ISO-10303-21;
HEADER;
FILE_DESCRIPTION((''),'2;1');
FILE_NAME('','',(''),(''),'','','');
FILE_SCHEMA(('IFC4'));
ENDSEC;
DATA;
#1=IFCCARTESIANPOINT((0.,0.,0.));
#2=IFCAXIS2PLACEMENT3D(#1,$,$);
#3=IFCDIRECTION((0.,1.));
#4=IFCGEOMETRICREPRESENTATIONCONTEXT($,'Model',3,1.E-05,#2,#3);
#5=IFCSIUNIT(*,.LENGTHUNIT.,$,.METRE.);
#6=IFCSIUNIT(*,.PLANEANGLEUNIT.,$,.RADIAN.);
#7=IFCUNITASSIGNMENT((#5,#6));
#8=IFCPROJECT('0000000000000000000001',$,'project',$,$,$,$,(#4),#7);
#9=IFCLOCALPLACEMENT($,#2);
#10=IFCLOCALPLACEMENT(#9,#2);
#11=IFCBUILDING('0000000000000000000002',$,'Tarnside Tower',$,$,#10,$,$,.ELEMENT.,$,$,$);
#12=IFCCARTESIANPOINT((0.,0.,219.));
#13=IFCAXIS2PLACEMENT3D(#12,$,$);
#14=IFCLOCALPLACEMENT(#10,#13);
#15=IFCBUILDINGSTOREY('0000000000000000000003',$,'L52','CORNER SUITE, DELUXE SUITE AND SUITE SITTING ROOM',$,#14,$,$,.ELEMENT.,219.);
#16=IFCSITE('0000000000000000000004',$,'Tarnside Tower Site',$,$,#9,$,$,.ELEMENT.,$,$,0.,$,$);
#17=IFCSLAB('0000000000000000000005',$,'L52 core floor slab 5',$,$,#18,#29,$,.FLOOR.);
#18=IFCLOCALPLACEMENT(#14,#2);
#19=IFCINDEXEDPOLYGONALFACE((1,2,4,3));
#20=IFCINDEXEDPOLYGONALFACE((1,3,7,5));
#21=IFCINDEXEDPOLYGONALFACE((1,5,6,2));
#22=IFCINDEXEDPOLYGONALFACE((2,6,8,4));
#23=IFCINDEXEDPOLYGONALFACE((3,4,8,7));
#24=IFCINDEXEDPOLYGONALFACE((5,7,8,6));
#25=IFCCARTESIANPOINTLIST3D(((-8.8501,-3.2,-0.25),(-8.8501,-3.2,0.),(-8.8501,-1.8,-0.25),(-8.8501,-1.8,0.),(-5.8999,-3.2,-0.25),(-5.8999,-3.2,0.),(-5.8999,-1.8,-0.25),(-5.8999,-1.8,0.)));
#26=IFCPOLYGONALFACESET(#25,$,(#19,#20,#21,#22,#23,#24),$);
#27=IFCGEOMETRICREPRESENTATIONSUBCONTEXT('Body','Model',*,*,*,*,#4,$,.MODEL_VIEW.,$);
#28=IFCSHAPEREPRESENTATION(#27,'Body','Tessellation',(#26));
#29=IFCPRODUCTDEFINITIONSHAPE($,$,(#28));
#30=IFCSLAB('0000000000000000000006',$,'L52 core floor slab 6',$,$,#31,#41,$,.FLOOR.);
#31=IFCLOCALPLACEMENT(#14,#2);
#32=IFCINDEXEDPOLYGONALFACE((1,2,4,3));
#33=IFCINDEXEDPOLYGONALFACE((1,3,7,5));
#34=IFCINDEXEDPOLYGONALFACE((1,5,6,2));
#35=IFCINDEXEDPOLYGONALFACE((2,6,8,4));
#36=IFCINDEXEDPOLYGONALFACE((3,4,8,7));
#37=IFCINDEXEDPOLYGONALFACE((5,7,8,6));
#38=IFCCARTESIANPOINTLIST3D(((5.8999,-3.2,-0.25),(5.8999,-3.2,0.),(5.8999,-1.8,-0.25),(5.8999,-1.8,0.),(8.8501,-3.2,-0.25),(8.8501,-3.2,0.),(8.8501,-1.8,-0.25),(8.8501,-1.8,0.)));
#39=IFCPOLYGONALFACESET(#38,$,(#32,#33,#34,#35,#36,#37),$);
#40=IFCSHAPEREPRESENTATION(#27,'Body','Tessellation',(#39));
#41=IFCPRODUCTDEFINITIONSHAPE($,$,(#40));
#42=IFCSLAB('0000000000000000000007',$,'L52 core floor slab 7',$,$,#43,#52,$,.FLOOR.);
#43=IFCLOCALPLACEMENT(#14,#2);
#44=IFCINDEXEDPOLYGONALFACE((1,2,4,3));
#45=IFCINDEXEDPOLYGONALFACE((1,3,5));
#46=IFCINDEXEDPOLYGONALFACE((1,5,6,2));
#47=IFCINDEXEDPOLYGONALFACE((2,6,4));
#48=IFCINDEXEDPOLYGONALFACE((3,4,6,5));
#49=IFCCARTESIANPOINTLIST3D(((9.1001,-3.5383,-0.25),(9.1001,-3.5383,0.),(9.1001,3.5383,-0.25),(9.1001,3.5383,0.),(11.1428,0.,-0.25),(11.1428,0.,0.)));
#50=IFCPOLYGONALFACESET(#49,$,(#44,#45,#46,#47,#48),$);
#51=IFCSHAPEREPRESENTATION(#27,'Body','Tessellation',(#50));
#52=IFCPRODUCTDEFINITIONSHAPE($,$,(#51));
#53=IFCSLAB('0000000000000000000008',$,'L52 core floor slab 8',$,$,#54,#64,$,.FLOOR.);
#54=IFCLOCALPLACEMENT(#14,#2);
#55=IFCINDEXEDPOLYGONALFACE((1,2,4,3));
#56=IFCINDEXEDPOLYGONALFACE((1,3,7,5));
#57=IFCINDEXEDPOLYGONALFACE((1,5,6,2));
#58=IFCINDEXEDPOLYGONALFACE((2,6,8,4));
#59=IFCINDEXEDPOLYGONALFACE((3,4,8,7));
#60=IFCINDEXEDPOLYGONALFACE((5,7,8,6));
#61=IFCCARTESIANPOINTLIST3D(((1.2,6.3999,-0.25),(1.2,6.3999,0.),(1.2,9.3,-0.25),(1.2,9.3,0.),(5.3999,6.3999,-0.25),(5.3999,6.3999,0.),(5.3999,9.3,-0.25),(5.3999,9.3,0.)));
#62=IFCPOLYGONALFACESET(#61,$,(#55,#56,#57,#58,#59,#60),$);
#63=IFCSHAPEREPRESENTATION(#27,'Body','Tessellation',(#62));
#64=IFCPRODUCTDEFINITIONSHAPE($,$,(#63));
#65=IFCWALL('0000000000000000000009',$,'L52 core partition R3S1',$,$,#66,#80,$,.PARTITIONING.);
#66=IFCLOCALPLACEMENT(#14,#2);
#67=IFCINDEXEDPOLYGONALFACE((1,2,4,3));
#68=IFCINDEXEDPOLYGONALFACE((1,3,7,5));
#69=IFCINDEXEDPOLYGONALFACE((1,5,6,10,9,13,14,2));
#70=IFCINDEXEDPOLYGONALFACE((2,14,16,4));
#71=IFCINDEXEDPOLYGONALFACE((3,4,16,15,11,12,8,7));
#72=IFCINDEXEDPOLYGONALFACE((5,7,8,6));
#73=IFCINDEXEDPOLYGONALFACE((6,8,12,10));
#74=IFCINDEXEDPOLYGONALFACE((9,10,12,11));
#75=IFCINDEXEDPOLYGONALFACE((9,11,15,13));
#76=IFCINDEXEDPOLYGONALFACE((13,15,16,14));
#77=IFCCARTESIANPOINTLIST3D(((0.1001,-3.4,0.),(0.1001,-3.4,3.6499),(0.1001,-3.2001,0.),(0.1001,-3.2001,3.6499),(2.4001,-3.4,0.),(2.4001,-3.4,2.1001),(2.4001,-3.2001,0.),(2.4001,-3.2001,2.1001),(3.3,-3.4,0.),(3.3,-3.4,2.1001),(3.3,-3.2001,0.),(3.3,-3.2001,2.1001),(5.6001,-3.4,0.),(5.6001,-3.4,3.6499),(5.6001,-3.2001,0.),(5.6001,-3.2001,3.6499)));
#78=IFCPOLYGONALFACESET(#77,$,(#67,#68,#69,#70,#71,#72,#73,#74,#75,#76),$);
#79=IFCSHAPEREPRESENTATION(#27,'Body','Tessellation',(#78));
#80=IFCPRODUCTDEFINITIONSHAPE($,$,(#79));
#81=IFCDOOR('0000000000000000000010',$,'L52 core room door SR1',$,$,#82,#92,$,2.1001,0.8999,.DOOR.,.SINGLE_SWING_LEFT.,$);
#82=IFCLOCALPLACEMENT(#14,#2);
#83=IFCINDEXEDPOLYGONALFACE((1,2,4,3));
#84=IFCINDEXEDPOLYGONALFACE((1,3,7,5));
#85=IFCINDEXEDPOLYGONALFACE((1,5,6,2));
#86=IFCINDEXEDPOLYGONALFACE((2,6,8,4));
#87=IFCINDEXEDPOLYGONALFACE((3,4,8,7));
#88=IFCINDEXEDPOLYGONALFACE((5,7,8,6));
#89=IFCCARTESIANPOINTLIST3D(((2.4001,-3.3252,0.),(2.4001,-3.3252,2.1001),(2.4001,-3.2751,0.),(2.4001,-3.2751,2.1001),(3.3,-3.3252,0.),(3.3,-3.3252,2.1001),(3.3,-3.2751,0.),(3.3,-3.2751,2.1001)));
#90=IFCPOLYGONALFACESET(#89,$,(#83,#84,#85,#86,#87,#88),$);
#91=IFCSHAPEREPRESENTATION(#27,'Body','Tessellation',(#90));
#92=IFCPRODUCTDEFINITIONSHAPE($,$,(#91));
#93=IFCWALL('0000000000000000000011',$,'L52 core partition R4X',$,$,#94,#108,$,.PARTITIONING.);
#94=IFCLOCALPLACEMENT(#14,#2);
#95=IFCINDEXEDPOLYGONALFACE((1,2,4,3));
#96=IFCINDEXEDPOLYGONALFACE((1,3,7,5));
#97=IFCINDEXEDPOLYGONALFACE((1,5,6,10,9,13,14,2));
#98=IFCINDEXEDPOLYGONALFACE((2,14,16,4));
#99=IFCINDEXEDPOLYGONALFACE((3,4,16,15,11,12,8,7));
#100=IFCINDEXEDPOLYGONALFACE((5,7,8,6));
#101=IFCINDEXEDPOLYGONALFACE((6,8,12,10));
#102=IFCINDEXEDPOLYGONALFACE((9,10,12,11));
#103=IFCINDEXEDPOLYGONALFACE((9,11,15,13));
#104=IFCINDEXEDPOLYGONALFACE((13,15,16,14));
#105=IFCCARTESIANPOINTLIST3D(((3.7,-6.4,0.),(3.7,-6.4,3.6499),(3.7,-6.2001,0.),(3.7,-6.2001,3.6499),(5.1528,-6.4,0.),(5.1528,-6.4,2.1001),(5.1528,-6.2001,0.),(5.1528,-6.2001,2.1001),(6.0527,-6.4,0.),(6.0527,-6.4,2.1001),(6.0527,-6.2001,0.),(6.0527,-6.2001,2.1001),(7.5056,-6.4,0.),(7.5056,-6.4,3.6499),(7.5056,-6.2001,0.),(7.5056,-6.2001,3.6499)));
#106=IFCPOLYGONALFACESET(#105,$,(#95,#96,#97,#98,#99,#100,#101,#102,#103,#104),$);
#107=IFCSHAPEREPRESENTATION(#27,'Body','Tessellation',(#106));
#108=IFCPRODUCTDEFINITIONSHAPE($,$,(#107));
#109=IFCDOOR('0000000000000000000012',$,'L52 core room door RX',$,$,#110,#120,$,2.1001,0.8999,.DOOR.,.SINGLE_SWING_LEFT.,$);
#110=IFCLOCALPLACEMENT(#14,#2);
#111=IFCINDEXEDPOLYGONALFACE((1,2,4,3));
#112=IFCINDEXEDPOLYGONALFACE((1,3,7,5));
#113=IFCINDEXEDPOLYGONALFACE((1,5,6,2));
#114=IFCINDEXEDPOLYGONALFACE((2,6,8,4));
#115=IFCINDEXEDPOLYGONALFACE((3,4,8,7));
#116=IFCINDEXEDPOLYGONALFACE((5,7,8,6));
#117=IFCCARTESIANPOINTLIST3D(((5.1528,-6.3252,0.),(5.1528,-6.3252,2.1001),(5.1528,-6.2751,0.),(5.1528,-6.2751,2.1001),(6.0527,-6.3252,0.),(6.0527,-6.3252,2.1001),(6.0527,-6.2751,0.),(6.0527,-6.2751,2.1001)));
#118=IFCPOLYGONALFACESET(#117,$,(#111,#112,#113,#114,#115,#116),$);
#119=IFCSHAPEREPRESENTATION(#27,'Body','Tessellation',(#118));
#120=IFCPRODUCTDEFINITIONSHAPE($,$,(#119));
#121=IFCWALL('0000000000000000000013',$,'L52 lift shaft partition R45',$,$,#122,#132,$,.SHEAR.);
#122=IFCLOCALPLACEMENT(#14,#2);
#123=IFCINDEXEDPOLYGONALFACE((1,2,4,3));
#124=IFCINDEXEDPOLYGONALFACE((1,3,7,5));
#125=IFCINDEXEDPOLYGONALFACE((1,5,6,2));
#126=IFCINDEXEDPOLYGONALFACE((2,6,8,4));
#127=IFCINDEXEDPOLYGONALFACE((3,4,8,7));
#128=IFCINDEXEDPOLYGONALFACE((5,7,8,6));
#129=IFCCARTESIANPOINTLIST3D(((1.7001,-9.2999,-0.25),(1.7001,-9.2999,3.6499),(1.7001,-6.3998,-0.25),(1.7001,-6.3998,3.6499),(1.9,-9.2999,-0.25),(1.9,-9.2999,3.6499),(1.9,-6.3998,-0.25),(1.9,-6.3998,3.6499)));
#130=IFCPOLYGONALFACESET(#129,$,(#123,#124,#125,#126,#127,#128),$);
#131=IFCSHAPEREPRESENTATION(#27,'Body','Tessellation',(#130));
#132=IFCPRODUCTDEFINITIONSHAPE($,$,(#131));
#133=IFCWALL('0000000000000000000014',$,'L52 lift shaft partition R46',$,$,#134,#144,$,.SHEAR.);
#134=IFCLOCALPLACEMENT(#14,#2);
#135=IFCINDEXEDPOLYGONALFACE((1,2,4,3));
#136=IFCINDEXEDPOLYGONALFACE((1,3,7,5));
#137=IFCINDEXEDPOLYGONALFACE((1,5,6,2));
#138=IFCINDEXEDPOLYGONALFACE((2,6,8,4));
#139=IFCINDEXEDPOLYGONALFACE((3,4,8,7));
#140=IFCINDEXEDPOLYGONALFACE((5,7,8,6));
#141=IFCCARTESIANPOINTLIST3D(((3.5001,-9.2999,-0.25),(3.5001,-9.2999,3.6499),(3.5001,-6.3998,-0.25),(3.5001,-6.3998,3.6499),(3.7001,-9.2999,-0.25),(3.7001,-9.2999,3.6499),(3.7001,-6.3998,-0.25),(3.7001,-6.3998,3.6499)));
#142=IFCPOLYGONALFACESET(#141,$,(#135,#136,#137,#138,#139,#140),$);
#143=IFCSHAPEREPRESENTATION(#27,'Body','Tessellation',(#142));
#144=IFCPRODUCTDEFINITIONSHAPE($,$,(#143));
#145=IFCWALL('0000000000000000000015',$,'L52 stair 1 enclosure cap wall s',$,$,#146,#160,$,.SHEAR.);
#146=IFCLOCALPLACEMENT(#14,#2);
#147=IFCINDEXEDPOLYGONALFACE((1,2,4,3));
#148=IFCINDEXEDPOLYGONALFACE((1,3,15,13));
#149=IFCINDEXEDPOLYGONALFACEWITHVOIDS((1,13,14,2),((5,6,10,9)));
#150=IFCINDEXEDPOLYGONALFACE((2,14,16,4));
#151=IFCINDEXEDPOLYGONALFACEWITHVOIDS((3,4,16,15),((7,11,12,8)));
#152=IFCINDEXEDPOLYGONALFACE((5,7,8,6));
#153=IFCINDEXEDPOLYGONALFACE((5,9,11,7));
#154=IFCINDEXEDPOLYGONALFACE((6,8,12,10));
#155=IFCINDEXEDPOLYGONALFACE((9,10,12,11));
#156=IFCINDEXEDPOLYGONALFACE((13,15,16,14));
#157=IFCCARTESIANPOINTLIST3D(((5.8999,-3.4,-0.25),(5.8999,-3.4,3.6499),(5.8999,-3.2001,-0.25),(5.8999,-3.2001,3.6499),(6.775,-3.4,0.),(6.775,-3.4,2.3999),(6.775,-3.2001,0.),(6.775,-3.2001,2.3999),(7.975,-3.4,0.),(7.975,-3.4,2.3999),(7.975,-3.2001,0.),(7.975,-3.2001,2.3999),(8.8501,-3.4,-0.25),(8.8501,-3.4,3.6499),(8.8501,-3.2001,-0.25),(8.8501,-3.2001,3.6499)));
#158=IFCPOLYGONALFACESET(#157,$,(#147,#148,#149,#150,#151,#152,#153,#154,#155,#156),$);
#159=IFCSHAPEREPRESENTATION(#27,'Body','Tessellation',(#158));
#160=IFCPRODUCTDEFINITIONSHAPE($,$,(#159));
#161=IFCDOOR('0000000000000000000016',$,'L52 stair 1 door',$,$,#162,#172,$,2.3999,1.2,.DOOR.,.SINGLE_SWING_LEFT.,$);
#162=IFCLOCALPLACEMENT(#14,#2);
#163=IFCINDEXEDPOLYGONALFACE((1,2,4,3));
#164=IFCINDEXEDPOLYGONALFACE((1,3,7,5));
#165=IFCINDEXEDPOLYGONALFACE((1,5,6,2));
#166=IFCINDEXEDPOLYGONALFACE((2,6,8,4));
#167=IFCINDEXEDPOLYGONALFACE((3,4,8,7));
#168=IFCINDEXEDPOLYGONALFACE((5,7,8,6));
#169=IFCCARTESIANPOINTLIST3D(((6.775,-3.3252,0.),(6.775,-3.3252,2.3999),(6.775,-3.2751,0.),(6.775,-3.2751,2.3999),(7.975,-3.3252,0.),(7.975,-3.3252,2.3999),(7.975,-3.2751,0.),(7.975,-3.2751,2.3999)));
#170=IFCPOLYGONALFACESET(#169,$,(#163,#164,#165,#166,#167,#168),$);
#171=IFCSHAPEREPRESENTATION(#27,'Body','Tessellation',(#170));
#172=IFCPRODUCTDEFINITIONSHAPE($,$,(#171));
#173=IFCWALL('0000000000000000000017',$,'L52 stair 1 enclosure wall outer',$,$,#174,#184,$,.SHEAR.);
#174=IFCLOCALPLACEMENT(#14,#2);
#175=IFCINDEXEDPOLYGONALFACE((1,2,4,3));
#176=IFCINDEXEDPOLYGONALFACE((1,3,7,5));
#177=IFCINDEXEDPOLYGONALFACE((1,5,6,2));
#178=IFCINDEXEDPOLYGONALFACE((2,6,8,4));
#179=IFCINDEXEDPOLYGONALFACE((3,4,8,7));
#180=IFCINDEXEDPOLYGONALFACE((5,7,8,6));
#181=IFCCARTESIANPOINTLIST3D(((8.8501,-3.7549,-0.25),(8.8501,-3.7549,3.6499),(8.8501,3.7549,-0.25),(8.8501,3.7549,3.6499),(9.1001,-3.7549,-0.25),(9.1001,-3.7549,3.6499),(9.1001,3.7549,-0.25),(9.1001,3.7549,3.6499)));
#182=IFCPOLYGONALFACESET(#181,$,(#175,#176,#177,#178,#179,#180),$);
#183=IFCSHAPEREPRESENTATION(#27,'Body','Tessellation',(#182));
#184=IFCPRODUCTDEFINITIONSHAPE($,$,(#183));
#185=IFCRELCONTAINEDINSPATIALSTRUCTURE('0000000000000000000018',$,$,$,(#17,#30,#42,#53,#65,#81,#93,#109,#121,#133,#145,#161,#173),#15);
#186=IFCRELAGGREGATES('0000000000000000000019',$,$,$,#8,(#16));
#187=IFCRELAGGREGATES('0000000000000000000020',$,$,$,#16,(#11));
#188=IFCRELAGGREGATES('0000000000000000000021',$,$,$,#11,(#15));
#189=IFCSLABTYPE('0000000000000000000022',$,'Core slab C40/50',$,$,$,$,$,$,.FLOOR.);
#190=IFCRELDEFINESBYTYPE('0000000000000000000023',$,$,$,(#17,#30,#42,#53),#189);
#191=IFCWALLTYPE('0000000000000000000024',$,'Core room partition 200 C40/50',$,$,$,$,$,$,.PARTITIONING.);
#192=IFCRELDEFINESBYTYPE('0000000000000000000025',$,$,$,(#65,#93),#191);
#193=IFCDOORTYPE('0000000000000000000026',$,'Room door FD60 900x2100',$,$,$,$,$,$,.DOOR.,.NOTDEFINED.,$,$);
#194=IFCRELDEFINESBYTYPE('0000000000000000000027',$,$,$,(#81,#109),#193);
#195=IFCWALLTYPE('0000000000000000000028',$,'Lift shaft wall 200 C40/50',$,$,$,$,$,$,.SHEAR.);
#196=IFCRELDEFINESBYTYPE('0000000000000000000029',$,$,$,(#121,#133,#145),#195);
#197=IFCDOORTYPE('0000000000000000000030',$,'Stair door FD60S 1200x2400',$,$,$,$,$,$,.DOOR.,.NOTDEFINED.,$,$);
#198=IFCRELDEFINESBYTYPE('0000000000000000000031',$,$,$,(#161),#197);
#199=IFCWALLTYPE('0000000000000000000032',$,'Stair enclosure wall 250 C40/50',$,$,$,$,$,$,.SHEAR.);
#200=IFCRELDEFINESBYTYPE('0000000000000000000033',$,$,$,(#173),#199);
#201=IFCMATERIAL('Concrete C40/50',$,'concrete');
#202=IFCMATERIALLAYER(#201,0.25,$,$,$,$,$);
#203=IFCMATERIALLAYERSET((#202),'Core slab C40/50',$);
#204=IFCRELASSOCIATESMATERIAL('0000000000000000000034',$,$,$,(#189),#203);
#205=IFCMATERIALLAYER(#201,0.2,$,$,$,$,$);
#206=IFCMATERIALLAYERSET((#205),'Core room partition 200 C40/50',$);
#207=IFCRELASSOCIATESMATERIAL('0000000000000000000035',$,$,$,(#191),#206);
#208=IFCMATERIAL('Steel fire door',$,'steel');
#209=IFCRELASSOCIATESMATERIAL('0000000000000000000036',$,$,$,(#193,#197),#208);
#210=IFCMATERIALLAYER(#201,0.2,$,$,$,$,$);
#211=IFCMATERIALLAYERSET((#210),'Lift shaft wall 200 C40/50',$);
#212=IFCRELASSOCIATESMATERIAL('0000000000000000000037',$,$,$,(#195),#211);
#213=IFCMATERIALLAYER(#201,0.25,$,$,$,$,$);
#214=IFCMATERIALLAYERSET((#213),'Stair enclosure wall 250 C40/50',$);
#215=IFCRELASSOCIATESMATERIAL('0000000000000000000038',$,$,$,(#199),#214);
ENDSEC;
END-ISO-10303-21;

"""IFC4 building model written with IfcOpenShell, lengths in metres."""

from ifc_helpers import new_model, si_unit, direction, frame, frame_2d, origin, place, context, subcontext, project, spatial, polyline, rectangle, outline, extrude, material, layer, layer_set, type_object, element, fill, save


model = new_model("IFC4")

# Units and contexts
model_context = context("Model", 3, precision=1e-05, world=origin(), true_north=direction((0.0, 1.0)))
body_context = subcontext(model_context, "Body", "Model", "MODEL_VIEW")
ifc_project = project(units=[si_unit("LENGTHUNIT", "METRE"), si_unit("PLANEANGLEUNIT", "RADIAN")], contexts=[model_context])

# Site, building, storey
site_placement = place(None, origin())
site = spatial("IfcSite", under=ifc_project, at=site_placement, Name="Tarnside Tower Site", CompositionType="ELEMENT", RefElevation=0.0)
building_placement = place(site_placement, origin())
building = spatial("IfcBuilding", under=site, at=building_placement, Name="Tarnside Tower", CompositionType="ELEMENT")
storey_placement = place(building_placement, frame((0.0, 0.0, 219.0)))
storey = spatial("IfcBuildingStorey", under=building, at=storey_placement, Name="L52", Description="CORNER SUITE, DELUXE SUITE AND SUITE SITTING ROOM", CompositionType="ELEMENT", Elevation=219.0)

# Slabs
ifc_material_1 = material(Name="Concrete C40/50", Category="concrete")
ifc_layer_1 = layer(ifc_material_1, 0.25)
ifc_layer_set_1 = layer_set([ifc_layer_1], Name="Core slab C40/50")
slab_type = type_object("IfcSlabType", Name="Core slab C40/50", PredefinedType="FLOOR", material=ifc_layer_set_1)
slab_1_placement = place(storey_placement, frame((0.0, 0.0, -0.25)))
element("IfcSlab", 1, at=slab_1_placement, inside=storey, type_object=slab_type, Name="L52 core floor slab 5", PredefinedType="FLOOR", context=body_context, shape_type="SweptSolid", body=[
    extrude(outline(polyline([(-8.8501, -1.8), (-5.8999, -1.8), (-5.8999, -3.2), (-8.8501, -3.2), (-8.8501, -1.8)])), origin(), (0.0, 0.0, 1.0), 0.25),
])
slab_2_placement = place(storey_placement, frame((0.0, 0.0, -0.25)))
element("IfcSlab", 2, at=slab_2_placement, inside=storey, type_object=slab_type, Name="L52 core floor slab 6", PredefinedType="FLOOR", context=body_context, shape_type="SweptSolid", body=[
    extrude(outline(polyline([(5.8999, -3.2), (5.8999, -1.8), (8.8501, -1.8), (8.8501, -3.2), (5.8999, -3.2)])), origin(), (0.0, 0.0, 1.0), 0.25),
])
slab_3_placement = place(storey_placement, frame((0.0, 0.0, -0.25)))
element("IfcSlab", 3, at=slab_3_placement, inside=storey, type_object=slab_type, Name="L52 core floor slab 7", PredefinedType="FLOOR", context=body_context, shape_type="SweptSolid", body=[
    extrude(outline(polyline([(9.1001, -3.5383), (9.1001, 3.5383), (11.1428, 0.0), (9.1001, -3.5383)])), origin(), (0.0, 0.0, 1.0), 0.25),
])
slab_4_placement = place(storey_placement, frame((0.0, 0.0, -0.25)))
element("IfcSlab", 4, at=slab_4_placement, inside=storey, type_object=slab_type, Name="L52 core floor slab 8", PredefinedType="FLOOR", context=body_context, shape_type="SweptSolid", body=[
    extrude(outline(polyline([(5.3999, 9.3), (5.3999, 6.3999), (1.2, 6.3999), (1.2, 9.3), (5.3999, 9.3)])), origin(), (0.0, 0.0, 1.0), 0.25),
])

# Walls, openings, doors
ifc_layer_2 = layer(ifc_material_1, 0.2)
ifc_layer_set_2 = layer_set([ifc_layer_2], Name="Core room partition 200 C40/50")
wall_type_1 = type_object("IfcWallType", Name="Core room partition 200 C40/50", PredefinedType="PARTITIONING", material=ifc_layer_set_2)
wall_1_placement = place(storey_placement, frame((0.1001, -3.3, 0.0), z_axis=(0.0, 0.0, 1.0), x_axis=(1.0, 0.0, 0.0)))
wall_1 = element("IfcWall", 5, at=wall_1_placement, inside=storey, type_object=wall_type_1, Name="L52 core partition R3S1", PredefinedType="PARTITIONING", context=body_context, shape_type="SweptSolid", body=[
    extrude(rectangle(XDim=5.5, YDim=0.2, at=frame_2d((2.75, 0.0))), origin(), (0.0, 0.0, 1.0), 3.6499),
])
opening_1_placement = place(wall_1_placement, frame((2.3, 0.0, 0.0)))
opening_1 = element("IfcOpeningElement", 6, at=opening_1_placement, cuts=wall_1, PredefinedType="OPENING", context=body_context, shape_type="SweptSolid", body=[
    extrude(rectangle(XDim=0.8999, YDim=2.1001, at=frame_2d((0.45, 1.05))), frame((0.0, 0.1099, 0.0), z_axis=(0.0, -1.0, 0.0), x_axis=(1.0, 0.0, 0.0)), (0.0, 0.0, 1.0), 0.22),
])
ifc_material_2 = material(Name="Steel fire door", Category="steel")
door_type_1 = type_object("IfcDoorType", Name="Room door FD60 900x2100", OperationType="NOTDEFINED", PredefinedType="DOOR", material=ifc_material_2)
door_1_placement = place(opening_1_placement, origin())
door_1 = element("IfcDoor", 7, at=door_1_placement, inside=storey, type_object=door_type_1, Name="L52 core room door SR1", OperationType="SINGLE_SWING_LEFT", OverallHeight=2.1001, OverallWidth=0.8999, PredefinedType="DOOR", context=body_context, shape_type="SweptSolid", body=[
    extrude(rectangle(XDim=0.8999, YDim=2.1001, at=frame_2d((0.45, 1.05))), frame((0.0, 0.0249, 0.0), z_axis=(0.0, -1.0, 0.0), x_axis=(1.0, 0.0, 0.0)), (0.0, 0.0, 1.0), 0.05),
])
fill(opening_1, door_1)
wall_2_placement = place(storey_placement, frame((3.7, -6.3, 0.0), z_axis=(0.0, 0.0, 1.0), x_axis=(1.0, 0.0, 0.0)))
wall_2 = element("IfcWall", 8, at=wall_2_placement, inside=storey, type_object=wall_type_1, Name="L52 core partition R4X", PredefinedType="PARTITIONING", context=body_context, shape_type="SweptSolid", body=[
    extrude(rectangle(XDim=3.8057, YDim=0.2, at=frame_2d((1.9028, 0.0))), origin(), (0.0, 0.0, 1.0), 3.6499),
])
opening_2_placement = place(wall_2_placement, frame((1.4529, 0.0, 0.0)))
opening_2 = element("IfcOpeningElement", 9, at=opening_2_placement, cuts=wall_2, PredefinedType="OPENING", context=body_context, shape_type="SweptSolid", body=[
    extrude(rectangle(XDim=0.8999, YDim=2.1001, at=frame_2d((0.45, 1.05))), frame((0.0, 0.1099, 0.0), z_axis=(0.0, -1.0, 0.0), x_axis=(1.0, 0.0, 0.0)), (0.0, 0.0, 1.0), 0.22),
])
door_2_placement = place(opening_2_placement, origin())
door_2 = element("IfcDoor", 10, at=door_2_placement, inside=storey, type_object=door_type_1, Name="L52 core room door RX", OperationType="SINGLE_SWING_LEFT", OverallHeight=2.1001, OverallWidth=0.8999, PredefinedType="DOOR", context=body_context, shape_type="SweptSolid", body=[
    extrude(rectangle(XDim=0.8999, YDim=2.1001, at=frame_2d((0.45, 1.05))), frame((0.0, 0.0249, 0.0), z_axis=(0.0, -1.0, 0.0), x_axis=(1.0, 0.0, 0.0)), (0.0, 0.0, 1.0), 0.05),
])
fill(opening_2, door_2)

# Walls
ifc_layer_3 = layer(ifc_material_1, 0.2)
ifc_layer_set_3 = layer_set([ifc_layer_3], Name="Lift shaft wall 200 C40/50")
wall_type_2 = type_object("IfcWallType", Name="Lift shaft wall 200 C40/50", PredefinedType="SHEAR", material=ifc_layer_set_3)
for number, where, z_axis, x_axis, name in (
    (11, (1.8, -9.3, -0.25), (0.0, 0.0, 1.0), (0.0, 1.0, 0.0), "L52 lift shaft partition R45"),
    (12, (3.6001, -9.3, -0.25), (0.0, 0.0, 1.0), (0.0, 1.0, 0.0), "L52 lift shaft partition R46"),
):
    element("IfcWall", number, at=place(storey_placement, frame(where, z_axis=z_axis, x_axis=x_axis)), inside=storey, type_object=wall_type_2, Name=name, PredefinedType="SHEAR", context=body_context, shape_type="SweptSolid", body=[
        extrude(rectangle(XDim=2.9001, YDim=0.2, at=frame_2d((1.4502, 0.0))), origin(), (0.0, 0.0, 1.0), 3.8999),
    ])

# Wall, opening, door
wall_3_placement = place(storey_placement, frame((5.8999, -3.3, -0.25), z_axis=(0.0, 0.0, 1.0), x_axis=(1.0, 0.0, 0.0)))
wall_3 = element("IfcWall", 13, at=wall_3_placement, inside=storey, type_object=wall_type_2, Name="L52 stair 1 enclosure cap wall s", PredefinedType="SHEAR", context=body_context, shape_type="SweptSolid", body=[
    extrude(rectangle(XDim=2.9502, YDim=0.2, at=frame_2d((1.4751, 0.0))), origin(), (0.0, 0.0, 1.0), 3.8999),
])
opening_3_placement = place(wall_3_placement, frame((0.875, 0.0, 0.25)))
opening_3 = element("IfcOpeningElement", 14, at=opening_3_placement, cuts=wall_3, PredefinedType="OPENING", context=body_context, shape_type="SweptSolid", body=[
    extrude(rectangle(XDim=1.2, YDim=2.3999, at=frame_2d((0.6001, 1.2))), frame((0.0, 0.1099, 0.0), z_axis=(0.0, -1.0, 0.0), x_axis=(1.0, 0.0, 0.0)), (0.0, 0.0, 1.0), 0.22),
])
door_type_2 = type_object("IfcDoorType", Name="Stair door FD60S 1200x2400", OperationType="NOTDEFINED", PredefinedType="DOOR", material=ifc_material_2)
door_3_placement = place(opening_3_placement, origin())
door_3 = element("IfcDoor", 15, at=door_3_placement, inside=storey, type_object=door_type_2, Name="L52 stair 1 door", OperationType="SINGLE_SWING_LEFT", OverallHeight=2.3999, OverallWidth=1.2, PredefinedType="DOOR", context=body_context, shape_type="SweptSolid", body=[
    extrude(rectangle(XDim=1.2, YDim=2.3999, at=frame_2d((0.6001, 1.2))), frame((0.0, 0.0249, 0.0), z_axis=(0.0, -1.0, 0.0), x_axis=(1.0, 0.0, 0.0)), (0.0, 0.0, 1.0), 0.05),
])
fill(opening_3, door_3)

# Wall
ifc_layer_4 = layer(ifc_material_1, 0.25)
ifc_layer_set_4 = layer_set([ifc_layer_4], Name="Stair enclosure wall 250 C40/50")
wall_type_3 = type_object("IfcWallType", Name="Stair enclosure wall 250 C40/50", PredefinedType="SHEAR", material=ifc_layer_set_4)
wall_4_placement = place(storey_placement, frame((8.9751, -3.7549, -0.25), z_axis=(0.0, 0.0, 1.0), x_axis=(0.0, 1.0, 0.0)))
element("IfcWall", 16, at=wall_4_placement, inside=storey, type_object=wall_type_3, Name="L52 stair 1 enclosure wall outer", PredefinedType="SHEAR", context=body_context, shape_type="SweptSolid", body=[
    extrude(rectangle(XDim=7.5098, YDim=0.25, at=frame_2d((3.7549, 0.0))), origin(), (0.0, 0.0, 1.0), 3.8999),
])

save(model, "model.ifc")
